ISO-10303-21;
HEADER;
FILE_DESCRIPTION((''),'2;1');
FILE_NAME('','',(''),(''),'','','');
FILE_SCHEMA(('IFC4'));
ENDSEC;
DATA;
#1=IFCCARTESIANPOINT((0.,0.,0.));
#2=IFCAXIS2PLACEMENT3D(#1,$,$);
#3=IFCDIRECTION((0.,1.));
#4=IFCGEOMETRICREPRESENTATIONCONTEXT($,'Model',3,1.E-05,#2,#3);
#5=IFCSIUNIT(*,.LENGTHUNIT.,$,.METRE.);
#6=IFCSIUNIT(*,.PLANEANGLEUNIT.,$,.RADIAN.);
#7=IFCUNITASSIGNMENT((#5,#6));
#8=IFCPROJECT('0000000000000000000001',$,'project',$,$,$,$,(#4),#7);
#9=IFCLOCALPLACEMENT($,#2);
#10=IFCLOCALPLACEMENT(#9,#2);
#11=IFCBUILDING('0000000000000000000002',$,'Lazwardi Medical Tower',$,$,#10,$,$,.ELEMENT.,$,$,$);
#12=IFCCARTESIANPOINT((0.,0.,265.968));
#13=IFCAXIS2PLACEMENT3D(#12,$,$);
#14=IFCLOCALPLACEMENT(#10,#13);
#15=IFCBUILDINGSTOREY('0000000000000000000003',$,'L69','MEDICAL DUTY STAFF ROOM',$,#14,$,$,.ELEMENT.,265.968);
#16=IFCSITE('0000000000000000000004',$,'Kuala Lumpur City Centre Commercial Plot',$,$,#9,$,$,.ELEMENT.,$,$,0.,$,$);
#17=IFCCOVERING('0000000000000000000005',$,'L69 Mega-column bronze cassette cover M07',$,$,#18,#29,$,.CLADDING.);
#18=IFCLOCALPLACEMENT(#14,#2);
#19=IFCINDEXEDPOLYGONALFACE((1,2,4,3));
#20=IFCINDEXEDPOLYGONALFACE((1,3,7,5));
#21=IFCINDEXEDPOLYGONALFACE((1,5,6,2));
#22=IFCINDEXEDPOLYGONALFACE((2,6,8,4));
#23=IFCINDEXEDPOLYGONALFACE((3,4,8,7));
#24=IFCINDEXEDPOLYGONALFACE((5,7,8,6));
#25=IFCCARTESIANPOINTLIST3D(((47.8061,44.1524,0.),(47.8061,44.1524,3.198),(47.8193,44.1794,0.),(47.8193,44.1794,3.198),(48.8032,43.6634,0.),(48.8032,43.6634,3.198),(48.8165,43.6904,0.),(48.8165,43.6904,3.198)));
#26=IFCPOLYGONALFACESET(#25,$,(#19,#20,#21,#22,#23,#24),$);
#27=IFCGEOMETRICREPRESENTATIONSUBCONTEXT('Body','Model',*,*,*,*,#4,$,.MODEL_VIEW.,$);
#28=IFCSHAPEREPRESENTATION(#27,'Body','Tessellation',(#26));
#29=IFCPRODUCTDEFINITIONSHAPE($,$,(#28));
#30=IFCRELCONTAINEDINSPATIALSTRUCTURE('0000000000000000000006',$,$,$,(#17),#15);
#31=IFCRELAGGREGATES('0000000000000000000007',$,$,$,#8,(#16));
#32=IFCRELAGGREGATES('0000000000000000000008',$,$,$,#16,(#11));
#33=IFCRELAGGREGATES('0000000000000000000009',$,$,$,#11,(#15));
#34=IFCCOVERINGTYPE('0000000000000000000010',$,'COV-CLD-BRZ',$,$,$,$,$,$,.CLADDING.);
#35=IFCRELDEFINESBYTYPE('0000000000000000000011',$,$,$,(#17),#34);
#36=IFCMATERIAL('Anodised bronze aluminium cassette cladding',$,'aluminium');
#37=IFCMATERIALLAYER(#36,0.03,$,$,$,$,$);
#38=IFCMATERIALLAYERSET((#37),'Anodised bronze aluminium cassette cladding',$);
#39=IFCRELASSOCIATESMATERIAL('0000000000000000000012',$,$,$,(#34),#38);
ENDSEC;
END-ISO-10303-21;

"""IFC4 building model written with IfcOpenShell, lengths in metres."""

from ifc_helpers import new_model, si_unit, direction, frame, origin, origin_2d, place, context, subcontext, project, spatial, rectangle, extrude, material, layer, layer_set, type_object, element, save


model = new_model("IFC4")

# Units and contexts
model_context = context("Model", 3, precision=1e-05, world=origin(), true_north=direction((0.0, 1.0)))
body_context = subcontext(model_context, "Body", "Model", "MODEL_VIEW")
ifc_project = project(units=[si_unit("LENGTHUNIT", "METRE"), si_unit("PLANEANGLEUNIT", "RADIAN")], contexts=[model_context])

# Site, building, storey
site_placement = place(None, origin())
site = spatial("IfcSite", under=ifc_project, at=site_placement, Name="Kuala Lumpur City Centre Commercial Plot", CompositionType="ELEMENT", RefElevation=0.0)
building_placement = place(site_placement, origin())
building = spatial("IfcBuilding", under=site, at=building_placement, Name="Lazwardi Medical Tower", CompositionType="ELEMENT")
storey_placement = place(building_placement, frame((0.0, 0.0, 265.968)))
storey = spatial("IfcBuildingStorey", under=building, at=storey_placement, Name="L69", Description="MEDICAL DUTY STAFF ROOM", CompositionType="ELEMENT", Elevation=265.968)

# Covering
ifc_material_1 = material(Name="Anodised bronze aluminium cassette cladding", Category="aluminium")
ifc_layer_1 = layer(ifc_material_1, 0.03)
ifc_layer_set_1 = layer_set([ifc_layer_1], Name="Anodised bronze aluminium cassette cladding")
covering_type = type_object("IfcCoveringType", Name="COV-CLD-BRZ", PredefinedType="CLADDING", material=ifc_layer_set_1)
covering_1_placement = place(storey_placement, frame((48.3113, 43.9214, 0.0), z_axis=(0.0, 0.0, 1.0), x_axis=(-0.89784, 0.440322, 0.0)))
element("IfcCovering", 1, at=covering_1_placement, inside=storey, type_object=covering_type, Name="L69 Mega-column bronze cassette cover M07", PredefinedType="CLADDING", context=body_context, shape_type="SweptSolid", body=[
    extrude(rectangle(XDim=1.1106, YDim=0.03, at=origin_2d()), origin(), (0.0, 0.0, 1.0), 3.198),
])

save(model, "model.ifc")
